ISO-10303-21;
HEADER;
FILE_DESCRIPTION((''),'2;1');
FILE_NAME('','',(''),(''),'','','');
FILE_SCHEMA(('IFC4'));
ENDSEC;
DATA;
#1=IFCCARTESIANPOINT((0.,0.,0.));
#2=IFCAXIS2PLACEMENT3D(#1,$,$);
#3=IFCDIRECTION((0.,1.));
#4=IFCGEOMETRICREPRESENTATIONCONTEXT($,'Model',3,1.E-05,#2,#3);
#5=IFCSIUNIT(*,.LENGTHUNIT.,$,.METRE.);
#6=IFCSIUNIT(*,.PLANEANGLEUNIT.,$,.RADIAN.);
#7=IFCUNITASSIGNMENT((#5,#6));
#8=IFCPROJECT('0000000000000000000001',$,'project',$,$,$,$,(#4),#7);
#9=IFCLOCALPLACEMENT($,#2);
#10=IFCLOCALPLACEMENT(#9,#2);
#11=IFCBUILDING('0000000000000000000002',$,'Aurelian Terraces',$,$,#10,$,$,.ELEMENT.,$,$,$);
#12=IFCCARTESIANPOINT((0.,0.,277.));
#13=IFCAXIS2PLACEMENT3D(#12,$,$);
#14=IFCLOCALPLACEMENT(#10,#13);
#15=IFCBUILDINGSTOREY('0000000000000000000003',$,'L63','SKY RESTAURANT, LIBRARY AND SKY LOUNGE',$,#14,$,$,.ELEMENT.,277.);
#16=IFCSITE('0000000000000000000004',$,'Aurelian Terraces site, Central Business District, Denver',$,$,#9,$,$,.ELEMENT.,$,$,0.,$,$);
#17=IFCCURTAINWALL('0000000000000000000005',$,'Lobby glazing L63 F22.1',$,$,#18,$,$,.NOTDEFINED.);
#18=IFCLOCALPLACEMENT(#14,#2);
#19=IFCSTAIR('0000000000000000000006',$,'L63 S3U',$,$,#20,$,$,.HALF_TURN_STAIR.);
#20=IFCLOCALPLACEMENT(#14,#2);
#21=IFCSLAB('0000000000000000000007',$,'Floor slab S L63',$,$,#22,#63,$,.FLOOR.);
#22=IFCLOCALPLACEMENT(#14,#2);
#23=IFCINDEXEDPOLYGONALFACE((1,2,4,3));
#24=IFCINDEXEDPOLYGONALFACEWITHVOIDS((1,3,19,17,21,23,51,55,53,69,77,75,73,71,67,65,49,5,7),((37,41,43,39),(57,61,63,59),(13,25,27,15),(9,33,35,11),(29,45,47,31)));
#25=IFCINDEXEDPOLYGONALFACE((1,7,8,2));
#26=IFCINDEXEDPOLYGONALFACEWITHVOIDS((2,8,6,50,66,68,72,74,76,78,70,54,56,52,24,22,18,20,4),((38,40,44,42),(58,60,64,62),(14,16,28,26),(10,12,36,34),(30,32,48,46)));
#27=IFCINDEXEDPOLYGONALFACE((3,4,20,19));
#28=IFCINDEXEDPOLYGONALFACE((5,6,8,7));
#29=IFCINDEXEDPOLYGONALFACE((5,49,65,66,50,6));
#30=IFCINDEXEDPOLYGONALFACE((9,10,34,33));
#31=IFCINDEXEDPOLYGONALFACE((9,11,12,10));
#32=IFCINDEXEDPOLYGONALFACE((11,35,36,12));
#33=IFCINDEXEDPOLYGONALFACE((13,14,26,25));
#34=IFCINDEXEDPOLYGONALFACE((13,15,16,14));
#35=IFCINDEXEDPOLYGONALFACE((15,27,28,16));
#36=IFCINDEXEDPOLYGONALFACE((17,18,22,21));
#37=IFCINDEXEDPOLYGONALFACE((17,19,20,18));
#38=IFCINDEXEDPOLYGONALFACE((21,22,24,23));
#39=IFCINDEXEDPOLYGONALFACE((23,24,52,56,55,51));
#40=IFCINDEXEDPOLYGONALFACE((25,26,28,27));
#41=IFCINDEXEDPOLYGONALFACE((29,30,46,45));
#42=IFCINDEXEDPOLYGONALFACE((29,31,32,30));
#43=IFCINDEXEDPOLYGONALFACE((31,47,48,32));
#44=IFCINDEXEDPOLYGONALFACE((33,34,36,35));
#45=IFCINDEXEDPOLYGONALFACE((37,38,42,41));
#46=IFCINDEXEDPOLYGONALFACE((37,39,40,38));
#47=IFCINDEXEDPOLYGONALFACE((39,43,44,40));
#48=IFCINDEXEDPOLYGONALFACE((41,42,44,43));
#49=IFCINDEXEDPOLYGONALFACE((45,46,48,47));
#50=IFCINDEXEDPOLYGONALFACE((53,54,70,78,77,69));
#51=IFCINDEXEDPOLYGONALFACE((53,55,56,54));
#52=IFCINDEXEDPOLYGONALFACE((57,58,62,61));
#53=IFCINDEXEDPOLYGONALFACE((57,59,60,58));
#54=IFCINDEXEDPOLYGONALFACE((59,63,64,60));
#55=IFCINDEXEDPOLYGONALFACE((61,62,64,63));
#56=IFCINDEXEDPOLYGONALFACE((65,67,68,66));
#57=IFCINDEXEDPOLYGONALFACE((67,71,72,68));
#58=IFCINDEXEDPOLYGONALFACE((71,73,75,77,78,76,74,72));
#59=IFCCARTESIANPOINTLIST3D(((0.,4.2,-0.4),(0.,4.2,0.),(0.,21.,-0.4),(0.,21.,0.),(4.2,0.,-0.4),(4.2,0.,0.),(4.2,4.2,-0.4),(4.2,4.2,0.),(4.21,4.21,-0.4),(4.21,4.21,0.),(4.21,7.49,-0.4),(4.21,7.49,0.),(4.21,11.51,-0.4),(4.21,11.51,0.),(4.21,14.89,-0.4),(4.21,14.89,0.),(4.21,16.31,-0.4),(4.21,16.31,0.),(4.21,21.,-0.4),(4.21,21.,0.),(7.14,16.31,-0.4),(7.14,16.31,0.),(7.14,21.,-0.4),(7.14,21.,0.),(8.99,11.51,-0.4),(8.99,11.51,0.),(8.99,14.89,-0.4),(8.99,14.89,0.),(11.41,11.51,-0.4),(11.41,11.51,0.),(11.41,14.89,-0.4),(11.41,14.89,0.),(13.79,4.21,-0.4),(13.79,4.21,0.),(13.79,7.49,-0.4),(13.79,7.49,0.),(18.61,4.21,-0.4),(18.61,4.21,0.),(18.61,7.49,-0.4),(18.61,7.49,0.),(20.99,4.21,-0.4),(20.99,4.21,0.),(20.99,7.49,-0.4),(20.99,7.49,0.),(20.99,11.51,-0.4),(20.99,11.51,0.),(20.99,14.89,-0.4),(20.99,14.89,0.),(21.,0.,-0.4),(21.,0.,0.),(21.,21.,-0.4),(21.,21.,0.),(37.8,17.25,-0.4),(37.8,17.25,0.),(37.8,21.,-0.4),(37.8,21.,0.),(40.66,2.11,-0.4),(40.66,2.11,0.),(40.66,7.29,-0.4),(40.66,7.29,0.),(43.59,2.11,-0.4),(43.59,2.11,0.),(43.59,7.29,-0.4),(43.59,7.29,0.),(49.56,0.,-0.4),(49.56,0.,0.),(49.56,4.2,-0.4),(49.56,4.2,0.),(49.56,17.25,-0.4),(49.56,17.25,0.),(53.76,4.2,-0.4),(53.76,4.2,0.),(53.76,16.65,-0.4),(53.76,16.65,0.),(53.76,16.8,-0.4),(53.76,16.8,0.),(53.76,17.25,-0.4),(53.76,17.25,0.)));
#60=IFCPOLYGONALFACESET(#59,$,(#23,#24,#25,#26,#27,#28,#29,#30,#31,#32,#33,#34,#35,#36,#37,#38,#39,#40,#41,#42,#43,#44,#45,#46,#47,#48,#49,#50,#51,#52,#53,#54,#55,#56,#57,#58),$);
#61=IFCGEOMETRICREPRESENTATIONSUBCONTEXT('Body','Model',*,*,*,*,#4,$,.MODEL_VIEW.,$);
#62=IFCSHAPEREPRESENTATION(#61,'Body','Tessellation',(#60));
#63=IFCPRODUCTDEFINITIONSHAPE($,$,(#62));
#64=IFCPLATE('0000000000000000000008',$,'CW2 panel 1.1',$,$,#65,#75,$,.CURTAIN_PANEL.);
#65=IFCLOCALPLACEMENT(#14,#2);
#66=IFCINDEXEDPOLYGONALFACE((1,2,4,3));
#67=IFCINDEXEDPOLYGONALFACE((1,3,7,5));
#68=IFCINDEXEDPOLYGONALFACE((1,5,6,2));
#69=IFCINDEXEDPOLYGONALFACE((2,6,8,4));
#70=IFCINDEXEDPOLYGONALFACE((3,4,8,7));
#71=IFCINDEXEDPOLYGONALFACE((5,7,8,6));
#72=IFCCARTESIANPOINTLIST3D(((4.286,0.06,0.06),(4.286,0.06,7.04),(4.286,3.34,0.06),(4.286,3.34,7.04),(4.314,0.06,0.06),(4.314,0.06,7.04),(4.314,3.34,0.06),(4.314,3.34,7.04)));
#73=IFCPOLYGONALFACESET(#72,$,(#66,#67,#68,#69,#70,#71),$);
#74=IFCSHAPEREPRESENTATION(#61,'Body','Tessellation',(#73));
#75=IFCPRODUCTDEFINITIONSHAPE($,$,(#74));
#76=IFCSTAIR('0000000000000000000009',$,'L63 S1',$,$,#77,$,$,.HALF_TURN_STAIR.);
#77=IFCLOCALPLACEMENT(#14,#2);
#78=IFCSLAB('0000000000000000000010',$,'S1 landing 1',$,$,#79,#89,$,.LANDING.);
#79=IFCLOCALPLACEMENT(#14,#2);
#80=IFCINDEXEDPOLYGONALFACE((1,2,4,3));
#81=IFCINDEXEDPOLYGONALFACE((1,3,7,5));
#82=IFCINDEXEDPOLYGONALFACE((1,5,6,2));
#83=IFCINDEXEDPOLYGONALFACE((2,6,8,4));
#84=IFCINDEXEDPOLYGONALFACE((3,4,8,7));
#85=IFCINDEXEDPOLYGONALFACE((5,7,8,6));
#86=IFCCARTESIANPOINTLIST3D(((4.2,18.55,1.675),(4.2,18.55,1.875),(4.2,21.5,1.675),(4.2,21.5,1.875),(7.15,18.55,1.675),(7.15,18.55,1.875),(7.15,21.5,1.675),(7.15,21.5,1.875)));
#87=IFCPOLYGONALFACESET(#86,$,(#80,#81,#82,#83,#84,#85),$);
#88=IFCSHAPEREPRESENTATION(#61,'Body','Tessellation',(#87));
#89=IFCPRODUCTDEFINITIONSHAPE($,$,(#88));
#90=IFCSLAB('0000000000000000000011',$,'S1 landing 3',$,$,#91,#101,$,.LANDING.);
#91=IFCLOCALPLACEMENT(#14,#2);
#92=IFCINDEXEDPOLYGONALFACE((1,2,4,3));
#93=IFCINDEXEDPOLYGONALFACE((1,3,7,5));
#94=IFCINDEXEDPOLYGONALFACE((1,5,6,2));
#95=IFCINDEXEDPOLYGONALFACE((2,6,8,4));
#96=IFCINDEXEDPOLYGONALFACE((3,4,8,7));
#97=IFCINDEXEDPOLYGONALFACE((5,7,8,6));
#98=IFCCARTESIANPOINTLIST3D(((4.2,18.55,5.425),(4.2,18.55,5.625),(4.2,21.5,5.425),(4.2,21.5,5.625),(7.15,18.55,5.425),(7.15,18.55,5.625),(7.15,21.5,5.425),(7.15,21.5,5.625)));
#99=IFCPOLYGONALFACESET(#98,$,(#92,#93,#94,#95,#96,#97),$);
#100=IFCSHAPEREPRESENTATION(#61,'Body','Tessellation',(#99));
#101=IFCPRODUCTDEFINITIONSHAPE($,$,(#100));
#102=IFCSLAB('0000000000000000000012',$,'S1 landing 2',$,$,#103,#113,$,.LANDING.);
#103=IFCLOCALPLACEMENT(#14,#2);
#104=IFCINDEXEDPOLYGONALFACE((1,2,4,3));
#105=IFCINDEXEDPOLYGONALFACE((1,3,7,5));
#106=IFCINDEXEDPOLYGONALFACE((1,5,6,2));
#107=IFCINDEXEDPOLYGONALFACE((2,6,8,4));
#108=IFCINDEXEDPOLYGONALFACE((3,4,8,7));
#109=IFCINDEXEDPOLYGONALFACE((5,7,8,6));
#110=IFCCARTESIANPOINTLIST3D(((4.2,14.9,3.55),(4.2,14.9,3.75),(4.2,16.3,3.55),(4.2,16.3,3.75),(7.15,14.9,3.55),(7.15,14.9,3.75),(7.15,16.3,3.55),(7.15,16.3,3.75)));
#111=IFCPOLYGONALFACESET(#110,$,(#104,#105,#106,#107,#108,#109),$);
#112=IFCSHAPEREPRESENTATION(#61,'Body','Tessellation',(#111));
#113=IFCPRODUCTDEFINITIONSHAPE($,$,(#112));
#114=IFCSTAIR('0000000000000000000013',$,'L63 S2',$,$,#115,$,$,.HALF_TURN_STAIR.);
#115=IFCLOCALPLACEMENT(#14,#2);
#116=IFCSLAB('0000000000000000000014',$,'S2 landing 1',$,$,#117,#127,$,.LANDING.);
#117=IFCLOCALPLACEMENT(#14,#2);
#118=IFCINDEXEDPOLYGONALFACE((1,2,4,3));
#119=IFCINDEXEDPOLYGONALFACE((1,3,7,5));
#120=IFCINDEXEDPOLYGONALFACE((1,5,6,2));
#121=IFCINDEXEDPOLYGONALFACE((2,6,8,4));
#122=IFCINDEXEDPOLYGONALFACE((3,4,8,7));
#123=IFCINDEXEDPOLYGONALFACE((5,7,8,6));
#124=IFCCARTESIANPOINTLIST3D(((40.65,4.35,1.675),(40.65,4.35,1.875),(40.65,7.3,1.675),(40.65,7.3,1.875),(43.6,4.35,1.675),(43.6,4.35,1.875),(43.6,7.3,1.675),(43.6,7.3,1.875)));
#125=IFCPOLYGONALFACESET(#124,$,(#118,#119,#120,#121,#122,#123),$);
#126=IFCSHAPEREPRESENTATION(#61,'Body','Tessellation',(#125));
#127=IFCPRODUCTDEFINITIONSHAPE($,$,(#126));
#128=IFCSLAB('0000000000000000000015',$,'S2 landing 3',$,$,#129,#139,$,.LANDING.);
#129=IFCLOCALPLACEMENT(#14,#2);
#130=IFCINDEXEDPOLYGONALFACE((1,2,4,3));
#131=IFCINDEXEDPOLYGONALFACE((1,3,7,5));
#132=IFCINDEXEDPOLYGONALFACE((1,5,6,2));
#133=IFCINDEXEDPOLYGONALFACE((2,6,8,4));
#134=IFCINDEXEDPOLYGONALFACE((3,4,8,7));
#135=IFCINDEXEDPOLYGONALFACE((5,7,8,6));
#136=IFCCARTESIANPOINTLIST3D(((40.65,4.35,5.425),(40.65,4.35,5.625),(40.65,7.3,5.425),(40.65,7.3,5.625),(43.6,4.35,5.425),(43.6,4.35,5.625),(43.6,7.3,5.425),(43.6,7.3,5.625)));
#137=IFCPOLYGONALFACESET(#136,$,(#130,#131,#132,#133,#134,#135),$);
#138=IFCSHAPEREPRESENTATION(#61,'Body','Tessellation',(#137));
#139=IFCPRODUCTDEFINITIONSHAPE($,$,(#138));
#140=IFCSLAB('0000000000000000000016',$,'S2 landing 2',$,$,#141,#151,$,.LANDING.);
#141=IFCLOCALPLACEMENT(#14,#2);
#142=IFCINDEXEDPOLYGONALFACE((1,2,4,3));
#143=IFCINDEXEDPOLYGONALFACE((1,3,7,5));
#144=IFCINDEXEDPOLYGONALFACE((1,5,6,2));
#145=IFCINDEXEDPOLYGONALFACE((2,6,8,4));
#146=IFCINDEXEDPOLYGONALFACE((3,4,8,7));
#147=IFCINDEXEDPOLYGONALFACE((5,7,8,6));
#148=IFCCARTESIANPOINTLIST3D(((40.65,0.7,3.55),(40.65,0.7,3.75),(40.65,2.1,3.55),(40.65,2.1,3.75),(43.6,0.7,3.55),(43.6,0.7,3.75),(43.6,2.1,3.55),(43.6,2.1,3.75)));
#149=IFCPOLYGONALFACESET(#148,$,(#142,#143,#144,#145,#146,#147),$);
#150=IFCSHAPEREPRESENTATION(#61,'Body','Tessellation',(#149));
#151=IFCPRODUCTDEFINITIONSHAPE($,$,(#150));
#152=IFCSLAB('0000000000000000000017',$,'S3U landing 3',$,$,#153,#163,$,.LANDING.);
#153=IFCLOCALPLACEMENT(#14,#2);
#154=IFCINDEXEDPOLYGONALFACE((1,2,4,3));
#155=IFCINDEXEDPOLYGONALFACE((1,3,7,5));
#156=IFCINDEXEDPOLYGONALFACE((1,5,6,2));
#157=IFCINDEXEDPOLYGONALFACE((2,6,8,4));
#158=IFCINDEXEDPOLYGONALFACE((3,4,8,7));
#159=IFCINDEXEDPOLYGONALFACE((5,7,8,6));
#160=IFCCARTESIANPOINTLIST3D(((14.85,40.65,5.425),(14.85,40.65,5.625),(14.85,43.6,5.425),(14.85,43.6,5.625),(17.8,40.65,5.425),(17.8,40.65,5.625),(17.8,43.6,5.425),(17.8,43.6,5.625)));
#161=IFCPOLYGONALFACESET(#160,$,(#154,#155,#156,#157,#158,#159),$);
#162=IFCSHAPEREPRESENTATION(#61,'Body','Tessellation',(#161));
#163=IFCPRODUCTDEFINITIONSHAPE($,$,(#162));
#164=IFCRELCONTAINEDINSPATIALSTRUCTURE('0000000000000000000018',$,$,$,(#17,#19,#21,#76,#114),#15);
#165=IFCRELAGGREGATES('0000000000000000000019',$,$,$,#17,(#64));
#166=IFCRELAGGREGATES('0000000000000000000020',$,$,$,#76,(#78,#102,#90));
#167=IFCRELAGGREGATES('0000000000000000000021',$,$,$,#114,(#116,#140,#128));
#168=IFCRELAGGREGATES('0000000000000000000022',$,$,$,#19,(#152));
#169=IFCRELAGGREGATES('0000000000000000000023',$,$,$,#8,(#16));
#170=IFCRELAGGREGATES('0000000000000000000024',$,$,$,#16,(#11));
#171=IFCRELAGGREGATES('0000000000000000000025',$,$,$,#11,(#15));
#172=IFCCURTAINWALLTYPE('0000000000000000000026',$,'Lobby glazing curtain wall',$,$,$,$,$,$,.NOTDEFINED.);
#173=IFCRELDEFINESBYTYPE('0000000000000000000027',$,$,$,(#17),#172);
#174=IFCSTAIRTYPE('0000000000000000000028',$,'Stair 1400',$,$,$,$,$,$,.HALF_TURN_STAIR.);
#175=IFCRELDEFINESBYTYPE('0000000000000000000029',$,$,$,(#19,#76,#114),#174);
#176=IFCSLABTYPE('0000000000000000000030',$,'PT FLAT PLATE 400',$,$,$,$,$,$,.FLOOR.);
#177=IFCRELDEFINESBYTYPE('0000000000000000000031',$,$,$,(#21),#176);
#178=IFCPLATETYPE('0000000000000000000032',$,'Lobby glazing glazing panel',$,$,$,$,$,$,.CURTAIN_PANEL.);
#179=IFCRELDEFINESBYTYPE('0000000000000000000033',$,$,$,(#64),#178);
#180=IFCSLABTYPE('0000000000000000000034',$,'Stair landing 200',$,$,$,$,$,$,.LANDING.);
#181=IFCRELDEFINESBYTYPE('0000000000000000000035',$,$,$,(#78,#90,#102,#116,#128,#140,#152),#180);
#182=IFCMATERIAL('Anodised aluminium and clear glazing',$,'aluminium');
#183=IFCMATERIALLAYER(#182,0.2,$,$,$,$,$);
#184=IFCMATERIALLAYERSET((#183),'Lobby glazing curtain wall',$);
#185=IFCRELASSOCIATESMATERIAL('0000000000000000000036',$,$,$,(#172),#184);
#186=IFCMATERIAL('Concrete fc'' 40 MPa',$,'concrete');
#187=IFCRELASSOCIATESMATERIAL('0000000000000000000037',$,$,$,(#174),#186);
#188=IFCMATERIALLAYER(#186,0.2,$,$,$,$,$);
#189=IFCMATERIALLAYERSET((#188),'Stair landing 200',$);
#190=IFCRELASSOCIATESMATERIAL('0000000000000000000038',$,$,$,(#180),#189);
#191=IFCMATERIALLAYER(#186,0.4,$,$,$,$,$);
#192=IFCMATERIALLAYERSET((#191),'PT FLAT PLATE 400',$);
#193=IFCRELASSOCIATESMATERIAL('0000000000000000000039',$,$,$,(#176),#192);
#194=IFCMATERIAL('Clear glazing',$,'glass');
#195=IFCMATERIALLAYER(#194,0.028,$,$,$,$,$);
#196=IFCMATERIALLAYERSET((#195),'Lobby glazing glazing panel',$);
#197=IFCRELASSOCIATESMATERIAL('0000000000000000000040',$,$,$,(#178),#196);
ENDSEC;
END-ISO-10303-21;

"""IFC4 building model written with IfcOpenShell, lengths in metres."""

from ifc_helpers import new_model, si_unit, direction, frame, origin, origin_2d, place, context, subcontext, project, spatial, polyline, rectangle, outline, extrude, source, transform, mapped, material, layer, layer_set, type_object, element, aggregate, save


model = new_model("IFC4")

# Units and contexts
model_context = context("Model", 3, precision=1e-05, world=origin(), true_north=direction((0.0, 1.0)))
body_context = subcontext(model_context, "Body", "Model", "MODEL_VIEW")
ifc_project = project(units=[si_unit("LENGTHUNIT", "METRE"), si_unit("PLANEANGLEUNIT", "RADIAN")], contexts=[model_context])

# Site, building, storey
site_placement = place(None, origin())
site = spatial("IfcSite", under=ifc_project, at=site_placement, Name="Aurelian Terraces site, Central Business District, Denver", CompositionType="ELEMENT", RefElevation=0.0)
building_placement = place(site_placement, origin())
building = spatial("IfcBuilding", under=site, at=building_placement, Name="Aurelian Terraces", CompositionType="ELEMENT")
storey_placement = place(building_placement, frame((0.0, 0.0, 277.0)))
storey = spatial("IfcBuildingStorey", under=building, at=storey_placement, Name="L63", Description="SKY RESTAURANT, LIBRARY AND SKY LOUNGE", CompositionType="ELEMENT", Elevation=277.0)

# Shared definitions
ifc_material_1 = material(Name="Anodised aluminium and clear glazing", Category="aluminium")
ifc_layer_1 = layer(ifc_material_1, 0.2)
ifc_layer_set_1 = layer_set([ifc_layer_1], Name="Lobby glazing curtain wall")
curtain_wall_type = type_object("IfcCurtainWallType", Name="Lobby glazing curtain wall", PredefinedType="NOTDEFINED", material=ifc_layer_set_1)

# Curtain wall
curtain_wall_1_placement = place(storey_placement, origin())
curtain_wall_1 = element("IfcCurtainWall", 1, at=curtain_wall_1_placement, inside=storey, type_object=curtain_wall_type, Name="Lobby glazing L63 F22.1", PredefinedType="NOTDEFINED")

# Stair
ifc_material_2 = material(Name="Concrete fc' 40 MPa", Category="concrete")
stair_type = type_object("IfcStairType", Name="Stair 1400", PredefinedType="HALF_TURN_STAIR", material=ifc_material_2)
stair_1_placement = place(storey_placement, origin())
stair_1 = element("IfcStair", 2, at=stair_1_placement, inside=storey, type_object=stair_type, Name="L63 S3U", PredefinedType="HALF_TURN_STAIR")
ifc_layer_2 = layer(ifc_material_2, 0.2)
ifc_layer_set_2 = layer_set([ifc_layer_2], Name="Stair landing 200")
slab_type_1 = type_object("IfcSlabType", Name="Stair landing 200", PredefinedType="LANDING", material=ifc_layer_set_2)

# Slab
ifc_layer_3 = layer(ifc_material_2, 0.4)
ifc_layer_set_3 = layer_set([ifc_layer_3], Name="PT FLAT PLATE 400")
slab_type_2 = type_object("IfcSlabType", Name="PT FLAT PLATE 400", PredefinedType="FLOOR", material=ifc_layer_set_3)
shared_shape_1 = source(origin(), body_context, "Body", "SweptSolid", [
    extrude(outline(polyline([(53.76, 4.2), (49.56, 4.2), (49.56, 0.0), (21.0, 0.0), (4.2, 0.0), (4.2, 4.2), (0.0, 4.2), (0.0, 21.0), (4.21, 21.0), (4.21, 16.31), (7.14, 16.31), (7.14, 21.0), (21.0, 21.0), (37.8, 21.0), (37.8, 17.25), (49.56, 17.25), (53.76, 17.25), (53.76, 16.8), (53.76, 16.65), (53.76, 4.2)]), holes=[polyline([(40.66, 2.11), (43.59, 2.11), (43.59, 7.29), (40.66, 7.29), (40.66, 2.11)]), polyline([(18.61, 7.49), (18.61, 4.21), (20.99, 4.21), (20.99, 7.49), (18.61, 7.49)]), polyline([(20.99, 14.89), (11.41, 14.89), (11.41, 11.51), (20.99, 11.51), (20.99, 14.89)]), polyline([(4.21, 7.49), (4.21, 4.21), (13.79, 4.21), (13.79, 7.49), (4.21, 7.49)]), polyline([(4.21, 14.89), (4.21, 11.51), (8.99, 11.51), (8.99, 14.89), (4.21, 14.89)])]), origin(), (0.0, 0.0, 1.0), 0.4),
])
slab_1_placement = place(storey_placement, frame((0.0, 0.0, -0.4)))
element("IfcSlab", 3, at=slab_1_placement, inside=storey, type_object=slab_type_2, Name="Floor slab S L63", PredefinedType="FLOOR", context=body_context, shape_type="MappedRepresentation", body=[
    mapped(shared_shape_1, transform((0.0, 0.0, 0.0), scale=1.0)),
])

# Plate
ifc_material_3 = material(Name="Clear glazing", Category="glass")
ifc_layer_4 = layer(ifc_material_3, 0.028)
ifc_layer_set_4 = layer_set([ifc_layer_4], Name="Lobby glazing glazing panel")
plate_type = type_object("IfcPlateType", Name="Lobby glazing glazing panel", PredefinedType="CURTAIN_PANEL", material=ifc_layer_set_4)
shared_shape_2 = source(origin(), body_context, "Body", "SweptSolid", [
    extrude(rectangle(XDim=3.28, YDim=0.028, at=origin_2d()), origin(), (0.0, 0.0, 1.0), 6.98),
])
plate_placement = place(storey_placement, frame((4.3, 1.7, 0.06), z_axis=(0.0, 0.0, 1.0), x_axis=(0.0, -1.0, 0.0)))
plate = element("IfcPlate", 4, at=plate_placement, type_object=plate_type, Name="CW2 panel 1.1", PredefinedType="CURTAIN_PANEL", context=body_context, shape_type="MappedRepresentation", body=[
    mapped(shared_shape_2, transform((0.0, 0.0, 0.0), scale=1.0)),
])
aggregate(curtain_wall_1, [plate])

# Stairs, slabs
stair_2_placement = place(storey_placement, origin())
stair_2 = element("IfcStair", 5, at=stair_2_placement, inside=storey, type_object=stair_type, Name="L63 S1", PredefinedType="HALF_TURN_STAIR")
shared_shape_3 = source(origin(), body_context, "Body", "SweptSolid", [
    extrude(outline(polyline([(7.15, 18.55), (7.15, 21.5), (4.2, 21.5), (4.2, 18.55), (7.15, 18.55)])), origin(), (0.0, 0.0, 1.0), 0.2),
])
slab_2_placement = place(storey_placement, frame((0.0, 0.0, 1.675)))
slab_2 = element("IfcSlab", 6, at=slab_2_placement, type_object=slab_type_1, Name="S1 landing 1", PredefinedType="LANDING", context=body_context, shape_type="MappedRepresentation", body=[
    mapped(shared_shape_3, transform((0.0, 0.0, 0.0), scale=1.0)),
])
slab_3_placement = place(storey_placement, frame((0.0, 0.0, 5.425)))
slab_3 = element("IfcSlab", 7, at=slab_3_placement, type_object=slab_type_1, Name="S1 landing 3", PredefinedType="LANDING", context=body_context, shape_type="MappedRepresentation", body=[
    mapped(shared_shape_3, transform((0.0, 0.0, 0.0), scale=1.0)),
])
shared_shape_4 = source(origin(), body_context, "Body", "SweptSolid", [
    extrude(outline(polyline([(7.15, 14.9), (7.15, 16.3), (4.2, 16.3), (4.2, 14.9), (7.15, 14.9)])), origin(), (0.0, 0.0, 1.0), 0.2),
])
slab_4_placement = place(storey_placement, frame((0.0, 0.0, 3.55)))
slab_4 = element("IfcSlab", 8, at=slab_4_placement, type_object=slab_type_1, Name="S1 landing 2", PredefinedType="LANDING", context=body_context, shape_type="MappedRepresentation", body=[
    mapped(shared_shape_4, transform((0.0, 0.0, 0.0), scale=1.0)),
])
aggregate(stair_2, [slab_2, slab_4, slab_3])
stair_3_placement = place(storey_placement, origin())
stair_3 = element("IfcStair", 9, at=stair_3_placement, inside=storey, type_object=stair_type, Name="L63 S2", PredefinedType="HALF_TURN_STAIR")
shared_shape_5 = source(origin(), body_context, "Body", "SweptSolid", [
    extrude(outline(polyline([(43.6, 4.35), (43.6, 7.3), (40.65, 7.3), (40.65, 4.35), (43.6, 4.35)])), origin(), (0.0, 0.0, 1.0), 0.2),
])
slab_5_placement = place(storey_placement, frame((0.0, 0.0, 1.675)))
slab_5 = element("IfcSlab", 10, at=slab_5_placement, type_object=slab_type_1, Name="S2 landing 1", PredefinedType="LANDING", context=body_context, shape_type="MappedRepresentation", body=[
    mapped(shared_shape_5, transform((0.0, 0.0, 0.0), scale=1.0)),
])
slab_6_placement = place(storey_placement, frame((0.0, 0.0, 5.425)))
slab_6 = element("IfcSlab", 11, at=slab_6_placement, type_object=slab_type_1, Name="S2 landing 3", PredefinedType="LANDING", context=body_context, shape_type="MappedRepresentation", body=[
    mapped(shared_shape_5, transform((0.0, 0.0, 0.0), scale=1.0)),
])
shared_shape_6 = source(origin(), body_context, "Body", "SweptSolid", [
    extrude(outline(polyline([(43.6, 0.7), (43.6, 2.1), (40.65, 2.1), (40.65, 0.7), (43.6, 0.7)])), origin(), (0.0, 0.0, 1.0), 0.2),
])
slab_7_placement = place(storey_placement, frame((0.0, 0.0, 3.55)))
slab_7 = element("IfcSlab", 12, at=slab_7_placement, type_object=slab_type_1, Name="S2 landing 2", PredefinedType="LANDING", context=body_context, shape_type="MappedRepresentation", body=[
    mapped(shared_shape_6, transform((0.0, 0.0, 0.0), scale=1.0)),
])
aggregate(stair_3, [slab_5, slab_7, slab_6])

# Slab
shared_shape_7 = source(origin(), body_context, "Body", "SweptSolid", [
    extrude(outline(polyline([(14.85, 40.65), (17.8, 40.65), (17.8, 43.6), (14.85, 43.6), (14.85, 40.65)])), origin(), (0.0, 0.0, 1.0), 0.2),
])
slab_8_placement = place(storey_placement, frame((0.0, 0.0, 5.425)))
slab_8 = element("IfcSlab", 13, at=slab_8_placement, type_object=slab_type_1, Name="S3U landing 3", PredefinedType="LANDING", context=body_context, shape_type="MappedRepresentation", body=[
    mapped(shared_shape_7, transform((0.0, 0.0, 0.0), scale=1.0)),
])
aggregate(stair_1, [slab_8])

save(model, "model.ifc")
